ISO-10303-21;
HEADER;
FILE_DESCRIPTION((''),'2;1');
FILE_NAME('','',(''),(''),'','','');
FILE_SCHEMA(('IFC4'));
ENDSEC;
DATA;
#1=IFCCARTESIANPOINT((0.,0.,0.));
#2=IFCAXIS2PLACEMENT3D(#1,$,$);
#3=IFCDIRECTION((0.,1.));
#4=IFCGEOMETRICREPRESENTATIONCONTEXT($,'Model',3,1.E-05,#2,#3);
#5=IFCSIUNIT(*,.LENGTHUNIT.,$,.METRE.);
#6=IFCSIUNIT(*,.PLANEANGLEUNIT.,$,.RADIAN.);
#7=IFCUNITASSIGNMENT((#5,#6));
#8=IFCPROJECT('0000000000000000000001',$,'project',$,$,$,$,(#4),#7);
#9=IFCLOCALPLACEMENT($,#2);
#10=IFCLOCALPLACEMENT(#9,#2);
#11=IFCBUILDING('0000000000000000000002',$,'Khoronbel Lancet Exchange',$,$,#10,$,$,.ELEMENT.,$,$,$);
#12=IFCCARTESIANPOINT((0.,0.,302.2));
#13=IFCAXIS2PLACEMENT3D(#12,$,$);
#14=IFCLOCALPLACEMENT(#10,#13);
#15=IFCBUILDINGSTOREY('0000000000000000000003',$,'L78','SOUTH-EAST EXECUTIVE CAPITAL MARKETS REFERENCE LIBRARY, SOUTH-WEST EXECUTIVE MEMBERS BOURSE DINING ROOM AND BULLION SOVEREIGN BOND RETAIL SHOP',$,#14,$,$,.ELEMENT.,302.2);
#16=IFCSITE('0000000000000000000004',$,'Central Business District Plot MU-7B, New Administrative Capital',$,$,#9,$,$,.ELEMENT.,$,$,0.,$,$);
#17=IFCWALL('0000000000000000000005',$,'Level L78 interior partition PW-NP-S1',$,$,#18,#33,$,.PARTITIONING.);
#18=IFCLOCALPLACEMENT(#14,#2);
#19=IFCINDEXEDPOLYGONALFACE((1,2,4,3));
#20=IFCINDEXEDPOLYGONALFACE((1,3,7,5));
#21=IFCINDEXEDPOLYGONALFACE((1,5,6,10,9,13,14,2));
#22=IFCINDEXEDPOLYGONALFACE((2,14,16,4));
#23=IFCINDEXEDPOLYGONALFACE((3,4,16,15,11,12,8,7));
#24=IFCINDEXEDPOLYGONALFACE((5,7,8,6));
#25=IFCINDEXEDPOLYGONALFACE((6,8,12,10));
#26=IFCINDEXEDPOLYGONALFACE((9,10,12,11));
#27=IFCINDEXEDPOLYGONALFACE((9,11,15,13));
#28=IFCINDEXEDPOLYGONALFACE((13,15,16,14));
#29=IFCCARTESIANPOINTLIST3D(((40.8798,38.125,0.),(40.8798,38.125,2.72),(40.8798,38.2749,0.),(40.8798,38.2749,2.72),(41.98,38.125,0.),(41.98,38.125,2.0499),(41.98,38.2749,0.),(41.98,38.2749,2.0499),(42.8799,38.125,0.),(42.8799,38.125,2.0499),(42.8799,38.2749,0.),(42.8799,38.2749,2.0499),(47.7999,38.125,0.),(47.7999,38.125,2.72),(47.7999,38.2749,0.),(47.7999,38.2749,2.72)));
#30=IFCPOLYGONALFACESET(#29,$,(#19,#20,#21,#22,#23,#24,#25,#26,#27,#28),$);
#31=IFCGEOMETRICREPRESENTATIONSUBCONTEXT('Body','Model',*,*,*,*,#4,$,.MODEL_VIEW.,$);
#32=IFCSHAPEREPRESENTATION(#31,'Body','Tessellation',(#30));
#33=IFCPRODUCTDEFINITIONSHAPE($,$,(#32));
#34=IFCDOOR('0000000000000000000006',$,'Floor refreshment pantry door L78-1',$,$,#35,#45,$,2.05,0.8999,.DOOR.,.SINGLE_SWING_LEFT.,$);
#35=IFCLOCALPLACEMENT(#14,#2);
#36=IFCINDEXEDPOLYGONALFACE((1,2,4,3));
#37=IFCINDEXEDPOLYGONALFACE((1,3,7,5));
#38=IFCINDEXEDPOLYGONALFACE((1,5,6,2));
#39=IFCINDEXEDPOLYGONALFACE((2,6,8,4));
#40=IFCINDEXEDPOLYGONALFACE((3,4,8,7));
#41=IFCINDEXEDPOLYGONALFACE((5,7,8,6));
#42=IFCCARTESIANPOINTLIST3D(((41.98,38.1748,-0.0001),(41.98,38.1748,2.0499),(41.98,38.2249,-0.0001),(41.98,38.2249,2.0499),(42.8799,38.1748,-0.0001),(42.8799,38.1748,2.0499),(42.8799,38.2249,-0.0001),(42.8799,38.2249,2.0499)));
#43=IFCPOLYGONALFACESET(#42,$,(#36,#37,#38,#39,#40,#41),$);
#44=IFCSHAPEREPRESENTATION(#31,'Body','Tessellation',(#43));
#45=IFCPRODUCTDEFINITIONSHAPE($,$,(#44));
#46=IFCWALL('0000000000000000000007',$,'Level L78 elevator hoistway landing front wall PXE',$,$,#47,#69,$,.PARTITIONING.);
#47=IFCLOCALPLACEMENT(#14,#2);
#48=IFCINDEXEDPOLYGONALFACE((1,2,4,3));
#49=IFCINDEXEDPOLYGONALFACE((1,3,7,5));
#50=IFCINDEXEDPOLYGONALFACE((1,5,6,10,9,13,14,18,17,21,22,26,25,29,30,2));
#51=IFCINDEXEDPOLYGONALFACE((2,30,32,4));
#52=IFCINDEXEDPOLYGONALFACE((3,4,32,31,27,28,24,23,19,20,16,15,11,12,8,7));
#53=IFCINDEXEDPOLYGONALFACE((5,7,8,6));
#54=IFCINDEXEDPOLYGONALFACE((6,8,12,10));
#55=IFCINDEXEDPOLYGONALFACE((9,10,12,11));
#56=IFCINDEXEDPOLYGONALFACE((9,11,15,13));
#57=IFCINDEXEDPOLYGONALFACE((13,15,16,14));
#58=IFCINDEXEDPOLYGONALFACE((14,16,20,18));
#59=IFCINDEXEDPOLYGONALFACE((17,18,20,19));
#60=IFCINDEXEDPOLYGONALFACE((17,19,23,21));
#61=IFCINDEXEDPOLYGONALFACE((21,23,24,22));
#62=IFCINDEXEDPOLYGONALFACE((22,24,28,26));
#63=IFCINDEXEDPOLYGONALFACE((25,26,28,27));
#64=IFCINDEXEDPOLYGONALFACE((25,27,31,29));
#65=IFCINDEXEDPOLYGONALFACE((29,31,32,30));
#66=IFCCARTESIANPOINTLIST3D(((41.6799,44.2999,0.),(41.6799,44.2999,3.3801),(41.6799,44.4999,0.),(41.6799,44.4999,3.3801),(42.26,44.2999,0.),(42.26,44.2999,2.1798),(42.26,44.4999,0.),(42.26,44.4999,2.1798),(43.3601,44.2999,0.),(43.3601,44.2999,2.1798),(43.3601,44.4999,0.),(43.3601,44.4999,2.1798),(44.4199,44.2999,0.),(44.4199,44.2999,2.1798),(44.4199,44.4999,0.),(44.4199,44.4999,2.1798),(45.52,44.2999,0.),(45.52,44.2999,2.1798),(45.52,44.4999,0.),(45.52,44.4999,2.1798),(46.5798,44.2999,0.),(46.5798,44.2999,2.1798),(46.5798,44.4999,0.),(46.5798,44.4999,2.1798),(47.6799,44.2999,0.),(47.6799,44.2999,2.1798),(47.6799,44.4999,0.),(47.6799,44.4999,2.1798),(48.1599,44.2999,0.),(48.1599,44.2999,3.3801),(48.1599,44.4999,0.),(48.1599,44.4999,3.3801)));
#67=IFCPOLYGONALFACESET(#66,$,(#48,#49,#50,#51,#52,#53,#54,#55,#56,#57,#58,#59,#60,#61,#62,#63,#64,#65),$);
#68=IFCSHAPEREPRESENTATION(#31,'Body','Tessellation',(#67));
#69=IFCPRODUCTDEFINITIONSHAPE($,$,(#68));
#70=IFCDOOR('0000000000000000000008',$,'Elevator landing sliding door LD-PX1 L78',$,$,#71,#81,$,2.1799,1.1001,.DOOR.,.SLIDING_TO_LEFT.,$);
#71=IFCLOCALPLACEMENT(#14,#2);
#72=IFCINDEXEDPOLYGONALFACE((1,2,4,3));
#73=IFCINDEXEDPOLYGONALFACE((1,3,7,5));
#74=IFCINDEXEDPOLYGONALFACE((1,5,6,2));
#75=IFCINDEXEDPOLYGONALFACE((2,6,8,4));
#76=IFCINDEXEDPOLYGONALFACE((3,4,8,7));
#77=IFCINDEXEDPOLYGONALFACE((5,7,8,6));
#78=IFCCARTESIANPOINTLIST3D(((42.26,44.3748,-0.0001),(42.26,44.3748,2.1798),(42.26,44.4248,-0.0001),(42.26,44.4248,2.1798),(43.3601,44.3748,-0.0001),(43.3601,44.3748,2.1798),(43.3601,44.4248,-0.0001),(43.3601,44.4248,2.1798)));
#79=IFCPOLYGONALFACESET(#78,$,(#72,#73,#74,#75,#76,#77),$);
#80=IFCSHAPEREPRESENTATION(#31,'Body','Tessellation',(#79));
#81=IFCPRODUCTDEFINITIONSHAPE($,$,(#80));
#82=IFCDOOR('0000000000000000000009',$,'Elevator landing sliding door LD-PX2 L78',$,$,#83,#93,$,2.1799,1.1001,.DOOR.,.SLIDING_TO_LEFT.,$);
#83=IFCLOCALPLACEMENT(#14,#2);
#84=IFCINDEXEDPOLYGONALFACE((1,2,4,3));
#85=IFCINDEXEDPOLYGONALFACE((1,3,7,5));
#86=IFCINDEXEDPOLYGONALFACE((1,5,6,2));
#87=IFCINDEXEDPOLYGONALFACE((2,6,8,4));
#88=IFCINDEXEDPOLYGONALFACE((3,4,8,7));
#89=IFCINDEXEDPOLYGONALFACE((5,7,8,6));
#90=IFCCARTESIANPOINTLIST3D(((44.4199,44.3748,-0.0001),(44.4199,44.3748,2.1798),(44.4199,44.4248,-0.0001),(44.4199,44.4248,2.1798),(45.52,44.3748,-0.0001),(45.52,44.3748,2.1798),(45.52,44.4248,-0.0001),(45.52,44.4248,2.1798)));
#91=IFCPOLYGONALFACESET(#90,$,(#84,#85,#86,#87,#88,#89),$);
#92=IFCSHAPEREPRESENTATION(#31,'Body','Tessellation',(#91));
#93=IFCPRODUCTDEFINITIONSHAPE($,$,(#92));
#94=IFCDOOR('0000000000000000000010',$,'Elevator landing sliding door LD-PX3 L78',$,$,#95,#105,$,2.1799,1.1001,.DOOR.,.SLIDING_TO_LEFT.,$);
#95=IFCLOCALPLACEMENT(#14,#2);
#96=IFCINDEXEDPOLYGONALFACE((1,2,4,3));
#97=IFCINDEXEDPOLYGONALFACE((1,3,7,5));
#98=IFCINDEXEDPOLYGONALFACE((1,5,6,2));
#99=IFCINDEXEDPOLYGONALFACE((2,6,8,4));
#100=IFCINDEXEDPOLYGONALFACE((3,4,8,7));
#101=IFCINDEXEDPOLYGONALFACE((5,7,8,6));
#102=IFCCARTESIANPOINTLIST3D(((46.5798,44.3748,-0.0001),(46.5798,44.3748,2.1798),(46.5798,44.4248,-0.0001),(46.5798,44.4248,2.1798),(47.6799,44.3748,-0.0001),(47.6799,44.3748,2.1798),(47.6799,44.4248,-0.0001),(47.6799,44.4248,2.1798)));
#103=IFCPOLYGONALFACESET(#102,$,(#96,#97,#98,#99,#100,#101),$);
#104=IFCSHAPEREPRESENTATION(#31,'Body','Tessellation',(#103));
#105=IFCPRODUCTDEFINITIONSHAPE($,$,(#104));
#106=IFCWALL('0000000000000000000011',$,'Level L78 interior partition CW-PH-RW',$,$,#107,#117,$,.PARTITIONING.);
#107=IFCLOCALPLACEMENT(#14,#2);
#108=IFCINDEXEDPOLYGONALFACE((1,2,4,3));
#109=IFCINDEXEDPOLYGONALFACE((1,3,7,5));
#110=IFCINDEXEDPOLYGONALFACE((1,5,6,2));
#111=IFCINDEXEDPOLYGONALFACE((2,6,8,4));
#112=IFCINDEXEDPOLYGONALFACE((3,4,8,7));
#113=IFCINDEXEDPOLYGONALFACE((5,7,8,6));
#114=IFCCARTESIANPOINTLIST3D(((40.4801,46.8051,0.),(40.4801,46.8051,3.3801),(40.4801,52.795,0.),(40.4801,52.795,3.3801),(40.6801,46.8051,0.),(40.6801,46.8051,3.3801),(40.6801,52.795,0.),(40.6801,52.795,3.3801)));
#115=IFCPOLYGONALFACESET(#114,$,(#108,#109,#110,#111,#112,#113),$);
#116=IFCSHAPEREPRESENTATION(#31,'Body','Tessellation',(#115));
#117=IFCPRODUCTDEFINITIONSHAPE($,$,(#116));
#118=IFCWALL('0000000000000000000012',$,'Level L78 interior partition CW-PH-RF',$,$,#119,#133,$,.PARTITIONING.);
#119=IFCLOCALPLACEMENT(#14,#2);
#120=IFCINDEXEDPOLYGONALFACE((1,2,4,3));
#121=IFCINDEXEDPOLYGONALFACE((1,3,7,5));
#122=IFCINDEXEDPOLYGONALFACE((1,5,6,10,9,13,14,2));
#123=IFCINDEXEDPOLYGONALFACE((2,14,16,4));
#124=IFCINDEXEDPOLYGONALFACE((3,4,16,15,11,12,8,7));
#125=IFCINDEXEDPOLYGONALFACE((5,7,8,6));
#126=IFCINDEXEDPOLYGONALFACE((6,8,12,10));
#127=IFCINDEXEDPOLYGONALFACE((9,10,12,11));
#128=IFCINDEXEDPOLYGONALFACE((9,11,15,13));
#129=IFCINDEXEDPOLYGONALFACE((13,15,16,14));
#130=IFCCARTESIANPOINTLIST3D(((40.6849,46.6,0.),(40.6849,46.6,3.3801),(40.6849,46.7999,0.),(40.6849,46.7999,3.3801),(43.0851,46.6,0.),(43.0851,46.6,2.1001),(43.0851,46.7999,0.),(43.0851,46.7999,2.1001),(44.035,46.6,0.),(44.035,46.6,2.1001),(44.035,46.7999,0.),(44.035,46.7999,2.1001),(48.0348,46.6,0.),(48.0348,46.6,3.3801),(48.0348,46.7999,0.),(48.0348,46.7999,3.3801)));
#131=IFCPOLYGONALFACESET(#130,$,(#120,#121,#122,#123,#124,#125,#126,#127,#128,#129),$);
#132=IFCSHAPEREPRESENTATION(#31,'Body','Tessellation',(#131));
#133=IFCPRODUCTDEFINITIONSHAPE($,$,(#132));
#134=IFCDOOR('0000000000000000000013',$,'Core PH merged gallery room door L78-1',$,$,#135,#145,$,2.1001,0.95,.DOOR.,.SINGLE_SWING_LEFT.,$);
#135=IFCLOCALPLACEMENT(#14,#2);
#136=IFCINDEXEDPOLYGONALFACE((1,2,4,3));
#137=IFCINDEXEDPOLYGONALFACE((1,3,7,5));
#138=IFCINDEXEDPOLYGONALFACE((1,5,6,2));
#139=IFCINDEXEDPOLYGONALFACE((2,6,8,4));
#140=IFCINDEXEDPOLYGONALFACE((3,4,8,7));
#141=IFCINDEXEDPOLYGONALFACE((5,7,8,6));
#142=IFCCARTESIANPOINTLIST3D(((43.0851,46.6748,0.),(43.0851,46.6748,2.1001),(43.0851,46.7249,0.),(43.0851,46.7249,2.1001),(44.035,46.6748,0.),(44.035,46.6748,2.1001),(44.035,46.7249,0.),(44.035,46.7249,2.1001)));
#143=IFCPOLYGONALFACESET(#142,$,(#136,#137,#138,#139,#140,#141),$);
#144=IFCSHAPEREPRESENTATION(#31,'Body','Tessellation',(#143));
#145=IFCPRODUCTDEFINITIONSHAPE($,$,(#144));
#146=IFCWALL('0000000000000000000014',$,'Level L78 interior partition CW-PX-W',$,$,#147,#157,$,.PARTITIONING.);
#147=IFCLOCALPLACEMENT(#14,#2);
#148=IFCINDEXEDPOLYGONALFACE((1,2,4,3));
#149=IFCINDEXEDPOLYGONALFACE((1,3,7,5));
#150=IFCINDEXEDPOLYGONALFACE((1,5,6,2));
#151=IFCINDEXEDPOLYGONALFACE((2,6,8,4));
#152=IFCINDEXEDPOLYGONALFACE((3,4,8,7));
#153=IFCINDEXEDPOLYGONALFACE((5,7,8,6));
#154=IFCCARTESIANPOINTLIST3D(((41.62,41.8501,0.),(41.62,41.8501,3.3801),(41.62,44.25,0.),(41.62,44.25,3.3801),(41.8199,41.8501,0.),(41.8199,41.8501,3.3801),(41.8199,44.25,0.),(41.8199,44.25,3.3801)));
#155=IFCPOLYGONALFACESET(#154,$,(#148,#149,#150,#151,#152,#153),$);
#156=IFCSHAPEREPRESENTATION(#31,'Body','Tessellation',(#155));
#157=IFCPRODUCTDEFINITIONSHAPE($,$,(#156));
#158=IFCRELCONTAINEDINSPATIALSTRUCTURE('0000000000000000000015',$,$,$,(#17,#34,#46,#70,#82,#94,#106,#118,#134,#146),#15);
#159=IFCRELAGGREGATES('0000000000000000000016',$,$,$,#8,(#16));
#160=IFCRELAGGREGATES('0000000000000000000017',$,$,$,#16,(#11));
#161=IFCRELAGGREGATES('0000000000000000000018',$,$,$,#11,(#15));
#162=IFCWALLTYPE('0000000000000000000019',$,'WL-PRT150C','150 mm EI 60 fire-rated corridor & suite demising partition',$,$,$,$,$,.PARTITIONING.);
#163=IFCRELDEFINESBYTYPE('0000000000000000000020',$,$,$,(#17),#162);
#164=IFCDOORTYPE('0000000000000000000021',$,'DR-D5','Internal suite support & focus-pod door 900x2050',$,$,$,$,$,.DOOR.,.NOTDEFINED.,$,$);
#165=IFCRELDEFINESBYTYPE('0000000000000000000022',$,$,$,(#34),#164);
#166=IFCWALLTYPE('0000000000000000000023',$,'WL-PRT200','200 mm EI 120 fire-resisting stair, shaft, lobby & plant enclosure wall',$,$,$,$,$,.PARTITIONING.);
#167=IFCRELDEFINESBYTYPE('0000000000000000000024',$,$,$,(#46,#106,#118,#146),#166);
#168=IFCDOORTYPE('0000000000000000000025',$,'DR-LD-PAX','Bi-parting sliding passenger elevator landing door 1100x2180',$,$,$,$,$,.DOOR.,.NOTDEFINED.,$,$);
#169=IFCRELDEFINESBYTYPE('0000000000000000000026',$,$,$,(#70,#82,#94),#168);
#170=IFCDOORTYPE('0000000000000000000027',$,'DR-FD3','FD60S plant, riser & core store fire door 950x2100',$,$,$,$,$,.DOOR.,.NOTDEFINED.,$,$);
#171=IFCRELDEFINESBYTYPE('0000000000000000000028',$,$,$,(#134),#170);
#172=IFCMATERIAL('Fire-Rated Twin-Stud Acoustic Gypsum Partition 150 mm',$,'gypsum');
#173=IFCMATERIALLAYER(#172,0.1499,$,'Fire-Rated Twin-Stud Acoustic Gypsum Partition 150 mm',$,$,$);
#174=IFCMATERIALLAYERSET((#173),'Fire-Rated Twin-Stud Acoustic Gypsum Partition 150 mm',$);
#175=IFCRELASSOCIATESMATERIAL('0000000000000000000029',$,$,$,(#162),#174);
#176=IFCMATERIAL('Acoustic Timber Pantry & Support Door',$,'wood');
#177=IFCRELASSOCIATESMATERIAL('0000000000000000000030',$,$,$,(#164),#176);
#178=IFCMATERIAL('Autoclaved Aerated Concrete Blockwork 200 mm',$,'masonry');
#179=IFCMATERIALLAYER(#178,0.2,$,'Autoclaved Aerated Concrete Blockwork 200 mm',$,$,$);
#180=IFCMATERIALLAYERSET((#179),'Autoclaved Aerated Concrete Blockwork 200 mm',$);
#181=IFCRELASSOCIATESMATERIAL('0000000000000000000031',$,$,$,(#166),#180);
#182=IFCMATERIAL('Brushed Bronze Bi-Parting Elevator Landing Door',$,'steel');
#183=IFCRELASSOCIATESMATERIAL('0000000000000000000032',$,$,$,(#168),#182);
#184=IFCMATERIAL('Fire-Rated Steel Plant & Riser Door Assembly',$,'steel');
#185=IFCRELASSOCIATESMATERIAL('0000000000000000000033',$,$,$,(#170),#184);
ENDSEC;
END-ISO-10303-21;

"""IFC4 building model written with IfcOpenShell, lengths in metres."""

from ifc_helpers import new_model, si_unit, direction, frame, frame_2d, origin, place, context, subcontext, project, spatial, rectangle, extrude, material, layer, layer_set, type_object, element, fill, save


model = new_model("IFC4")

# Units and contexts
model_context = context("Model", 3, precision=1e-05, world=origin(), true_north=direction((0.0, 1.0)))
body_context = subcontext(model_context, "Body", "Model", "MODEL_VIEW")
ifc_project = project(units=[si_unit("LENGTHUNIT", "METRE"), si_unit("PLANEANGLEUNIT", "RADIAN")], contexts=[model_context])

# Site, building, storey
site_placement = place(None, origin())
site = spatial("IfcSite", under=ifc_project, at=site_placement, Name="Central Business District Plot MU-7B, New Administrative Capital", CompositionType="ELEMENT", RefElevation=0.0)
building_placement = place(site_placement, origin())
building = spatial("IfcBuilding", under=site, at=building_placement, Name="Khoronbel Lancet Exchange", CompositionType="ELEMENT")
storey_placement = place(building_placement, frame((0.0, 0.0, 302.2)))
storey = spatial("IfcBuildingStorey", under=building, at=storey_placement, Name="L78", Description="SOUTH-EAST EXECUTIVE CAPITAL MARKETS REFERENCE LIBRARY, SOUTH-WEST EXECUTIVE MEMBERS BOURSE DINING ROOM AND BULLION SOVEREIGN BOND RETAIL SHOP", CompositionType="ELEMENT", Elevation=302.2)

# Wall, opening, door
ifc_material_1 = material(Name="Fire-Rated Twin-Stud Acoustic Gypsum Partition 150 mm", Category="gypsum")
ifc_layer_1 = layer(ifc_material_1, 0.1499, Name="Fire-Rated Twin-Stud Acoustic Gypsum Partition 150 mm")
ifc_layer_set_1 = layer_set([ifc_layer_1], Name="Fire-Rated Twin-Stud Acoustic Gypsum Partition 150 mm")
wall_type_1 = type_object("IfcWallType", Name="WL-PRT150C", Description="150 mm EI 60 fire-rated corridor & suite demising partition", PredefinedType="PARTITIONING", material=ifc_layer_set_1)
wall_1_placement = place(storey_placement, frame((40.8799, 38.2, 0.0), z_axis=(0.0, 0.0, 1.0), x_axis=(1.0, 0.0, 0.0)))
wall_1 = element("IfcWall", 1, at=wall_1_placement, inside=storey, type_object=wall_type_1, Name="Level L78 interior partition PW-NP-S1", PredefinedType="PARTITIONING", context=body_context, shape_type="SweptSolid", body=[
    extrude(rectangle(XDim=6.9202, YDim=0.1499, at=frame_2d((3.46, 0.0))), origin(), (0.0, 0.0, 1.0), 2.72),
])
opening_1_placement = place(wall_1_placement, frame((1.1001, 0.0, 0.0)))
opening_1 = element("IfcOpeningElement", 2, at=opening_1_placement, cuts=wall_1, PredefinedType="OPENING", context=body_context, shape_type="SweptSolid", body=[
    extrude(rectangle(XDim=0.8999, YDim=2.05, at=frame_2d((0.45, 1.0249))), frame((0.0, 0.085, 0.0), z_axis=(0.0, -1.0, 0.0), x_axis=(1.0, 0.0, 0.0)), (0.0, 0.0, 1.0), 0.1699),
])
ifc_material_2 = material(Name="Acoustic Timber Pantry & Support Door", Category="wood")
door_type_1 = type_object("IfcDoorType", Name="DR-D5", Description="Internal suite support & focus-pod door 900x2050", OperationType="NOTDEFINED", PredefinedType="DOOR", material=ifc_material_2)
door_1_placement = place(opening_1_placement, origin())
door_1 = element("IfcDoor", 3, at=door_1_placement, inside=storey, type_object=door_type_1, Name="Floor refreshment pantry door L78-1", OperationType="SINGLE_SWING_LEFT", OverallHeight=2.05, OverallWidth=0.8999, PredefinedType="DOOR", context=body_context, shape_type="SweptSolid", body=[
    extrude(rectangle(XDim=0.8999, YDim=2.05, at=frame_2d((0.45, 1.0249))), frame((0.0, 0.0249, 0.0), z_axis=(0.0, -1.0, 0.0), x_axis=(1.0, 0.0, 0.0)), (0.0, 0.0, 1.0), 0.05),
])
fill(opening_1, door_1)

# Wall, openings, doors
ifc_material_3 = material(Name="Autoclaved Aerated Concrete Blockwork 200 mm", Category="masonry")
ifc_layer_2 = layer(ifc_material_3, 0.2, Name="Autoclaved Aerated Concrete Blockwork 200 mm")
ifc_layer_set_2 = layer_set([ifc_layer_2], Name="Autoclaved Aerated Concrete Blockwork 200 mm")
wall_type_2 = type_object("IfcWallType", Name="WL-PRT200", Description="200 mm EI 120 fire-resisting stair, shaft, lobby & plant enclosure wall", PredefinedType="PARTITIONING", material=ifc_layer_set_2)
wall_2_placement = place(storey_placement, frame((41.6799, 44.3999, 0.0), z_axis=(0.0, 0.0, 1.0), x_axis=(1.0, 0.0, 0.0)))
wall_2 = element("IfcWall", 4, at=wall_2_placement, inside=storey, type_object=wall_type_2, Name="Level L78 elevator hoistway landing front wall PXE", PredefinedType="PARTITIONING", context=body_context, shape_type="SweptSolid", body=[
    extrude(rectangle(XDim=6.48, YDim=0.2, at=frame_2d((3.24, 0.0))), origin(), (0.0, 0.0, 1.0), 3.3801),
])
opening_2_placement = place(wall_2_placement, frame((0.5801, 0.0, 0.0)))
opening_2 = element("IfcOpeningElement", 5, at=opening_2_placement, cuts=wall_2, PredefinedType="OPENING", context=body_context, shape_type="SweptSolid", body=[
    extrude(rectangle(XDim=1.1001, YDim=2.1799, at=frame_2d((0.55, 1.0898))), frame((0.0, 0.1099, 0.0), z_axis=(0.0, -1.0, 0.0), x_axis=(1.0, 0.0, 0.0)), (0.0, 0.0, 1.0), 0.22),
])
opening_3_placement = place(wall_2_placement, frame((2.74, 0.0, 0.0)))
opening_3 = element("IfcOpeningElement", 6, at=opening_3_placement, cuts=wall_2, PredefinedType="OPENING", context=body_context, shape_type="SweptSolid", body=[
    extrude(rectangle(XDim=1.1001, YDim=2.1799, at=frame_2d((0.55, 1.0898))), frame((0.0, 0.1099, 0.0), z_axis=(0.0, -1.0, 0.0), x_axis=(1.0, 0.0, 0.0)), (0.0, 0.0, 1.0), 0.22),
])
opening_4_placement = place(wall_2_placement, frame((4.8999, 0.0, 0.0)))
opening_4 = element("IfcOpeningElement", 7, at=opening_4_placement, cuts=wall_2, PredefinedType="OPENING", context=body_context, shape_type="SweptSolid", body=[
    extrude(rectangle(XDim=1.1001, YDim=2.1799, at=frame_2d((0.55, 1.0898))), frame((0.0, 0.1099, 0.0), z_axis=(0.0, -1.0, 0.0), x_axis=(1.0, 0.0, 0.0)), (0.0, 0.0, 1.0), 0.22),
])
ifc_material_4 = material(Name="Brushed Bronze Bi-Parting Elevator Landing Door", Category="steel")
door_type_2 = type_object("IfcDoorType", Name="DR-LD-PAX", Description="Bi-parting sliding passenger elevator landing door 1100x2180", OperationType="NOTDEFINED", PredefinedType="DOOR", material=ifc_material_4)
door_2_placement = place(opening_2_placement, origin())
door_2 = element("IfcDoor", 8, at=door_2_placement, inside=storey, type_object=door_type_2, Name="Elevator landing sliding door LD-PX1 L78", OperationType="SLIDING_TO_LEFT", OverallHeight=2.1799, OverallWidth=1.1001, PredefinedType="DOOR", context=body_context, shape_type="SweptSolid", body=[
    extrude(rectangle(XDim=1.1001, YDim=2.1799, at=frame_2d((0.55, 1.0898))), frame((0.0, 0.0249, 0.0), z_axis=(0.0, -1.0, 0.0), x_axis=(1.0, 0.0, 0.0)), (0.0, 0.0, 1.0), 0.05),
])
fill(opening_2, door_2)
door_3_placement = place(opening_3_placement, origin())
door_3 = element("IfcDoor", 9, at=door_3_placement, inside=storey, type_object=door_type_2, Name="Elevator landing sliding door LD-PX2 L78", OperationType="SLIDING_TO_LEFT", OverallHeight=2.1799, OverallWidth=1.1001, PredefinedType="DOOR", context=body_context, shape_type="SweptSolid", body=[
    extrude(rectangle(XDim=1.1001, YDim=2.1799, at=frame_2d((0.55, 1.0898))), frame((0.0, 0.0249, 0.0), z_axis=(0.0, -1.0, 0.0), x_axis=(1.0, 0.0, 0.0)), (0.0, 0.0, 1.0), 0.05),
])
fill(opening_3, door_3)
door_4_placement = place(opening_4_placement, origin())
door_4 = element("IfcDoor", 10, at=door_4_placement, inside=storey, type_object=door_type_2, Name="Elevator landing sliding door LD-PX3 L78", OperationType="SLIDING_TO_LEFT", OverallHeight=2.1799, OverallWidth=1.1001, PredefinedType="DOOR", context=body_context, shape_type="SweptSolid", body=[
    extrude(rectangle(XDim=1.1001, YDim=2.1799, at=frame_2d((0.55, 1.0898))), frame((0.0, 0.0249, 0.0), z_axis=(0.0, -1.0, 0.0), x_axis=(1.0, 0.0, 0.0)), (0.0, 0.0, 1.0), 0.05),
])
fill(opening_4, door_4)

# Wall
wall_3_placement = place(storey_placement, frame((40.5801, 46.8049, 0.0), z_axis=(0.0, 0.0, 1.0), x_axis=(0.0, 1.0, 0.0)))
element("IfcWall", 11, at=wall_3_placement, inside=storey, type_object=wall_type_2, Name="Level L78 interior partition CW-PH-RW", PredefinedType="PARTITIONING", context=body_context, shape_type="SweptSolid", body=[
    extrude(rectangle(XDim=5.99, YDim=0.2, at=frame_2d((2.9951, 0.0))), origin(), (0.0, 0.0, 1.0), 3.3801),
])

# Wall, opening, door
wall_4_placement = place(storey_placement, frame((40.6851, 46.7, 0.0), z_axis=(0.0, 0.0, 1.0), x_axis=(1.0, 0.0, 0.0)))
wall_4 = element("IfcWall", 12, at=wall_4_placement, inside=storey, type_object=wall_type_2, Name="Level L78 interior partition CW-PH-RF", PredefinedType="PARTITIONING", context=body_context, shape_type="SweptSolid", body=[
    extrude(rectangle(XDim=7.3499, YDim=0.2, at=frame_2d((3.6748, 0.0))), origin(), (0.0, 0.0, 1.0), 3.3801),
])
opening_5_placement = place(wall_4_placement, frame((2.3999, 0.0, 0.0)))
opening_5 = element("IfcOpeningElement", 13, at=opening_5_placement, cuts=wall_4, PredefinedType="OPENING", context=body_context, shape_type="SweptSolid", body=[
    extrude(rectangle(XDim=0.95, YDim=2.1001, at=frame_2d((0.4751, 1.05))), frame((0.0, 0.1099, 0.0), z_axis=(0.0, -1.0, 0.0), x_axis=(1.0, 0.0, 0.0)), (0.0, 0.0, 1.0), 0.22),
])
ifc_material_5 = material(Name="Fire-Rated Steel Plant & Riser Door Assembly", Category="steel")
door_type_3 = type_object("IfcDoorType", Name="DR-FD3", Description="FD60S plant, riser & core store fire door 950x2100", OperationType="NOTDEFINED", PredefinedType="DOOR", material=ifc_material_5)
door_5_placement = place(opening_5_placement, origin())
door_5 = element("IfcDoor", 14, at=door_5_placement, inside=storey, type_object=door_type_3, Name="Core PH merged gallery room door L78-1", OperationType="SINGLE_SWING_LEFT", OverallHeight=2.1001, OverallWidth=0.95, PredefinedType="DOOR", context=body_context, shape_type="SweptSolid", body=[
    extrude(rectangle(XDim=0.95, YDim=2.1001, at=frame_2d((0.4751, 1.05))), frame((0.0, 0.0249, 0.0), z_axis=(0.0, -1.0, 0.0), x_axis=(1.0, 0.0, 0.0)), (0.0, 0.0, 1.0), 0.05),
])
fill(opening_5, door_5)

# Wall
wall_5_placement = place(storey_placement, frame((41.72, 41.8501, 0.0), z_axis=(0.0, 0.0, 1.0), x_axis=(0.0, 1.0, 0.0)))
element("IfcWall", 15, at=wall_5_placement, inside=storey, type_object=wall_type_2, Name="Level L78 interior partition CW-PX-W", PredefinedType="PARTITIONING", context=body_context, shape_type="SweptSolid", body=[
    extrude(rectangle(XDim=2.3999, YDim=0.2, at=frame_2d((1.2, 0.0))), origin(), (0.0, 0.0, 1.0), 3.3801),
])

save(model, "model.ifc")
